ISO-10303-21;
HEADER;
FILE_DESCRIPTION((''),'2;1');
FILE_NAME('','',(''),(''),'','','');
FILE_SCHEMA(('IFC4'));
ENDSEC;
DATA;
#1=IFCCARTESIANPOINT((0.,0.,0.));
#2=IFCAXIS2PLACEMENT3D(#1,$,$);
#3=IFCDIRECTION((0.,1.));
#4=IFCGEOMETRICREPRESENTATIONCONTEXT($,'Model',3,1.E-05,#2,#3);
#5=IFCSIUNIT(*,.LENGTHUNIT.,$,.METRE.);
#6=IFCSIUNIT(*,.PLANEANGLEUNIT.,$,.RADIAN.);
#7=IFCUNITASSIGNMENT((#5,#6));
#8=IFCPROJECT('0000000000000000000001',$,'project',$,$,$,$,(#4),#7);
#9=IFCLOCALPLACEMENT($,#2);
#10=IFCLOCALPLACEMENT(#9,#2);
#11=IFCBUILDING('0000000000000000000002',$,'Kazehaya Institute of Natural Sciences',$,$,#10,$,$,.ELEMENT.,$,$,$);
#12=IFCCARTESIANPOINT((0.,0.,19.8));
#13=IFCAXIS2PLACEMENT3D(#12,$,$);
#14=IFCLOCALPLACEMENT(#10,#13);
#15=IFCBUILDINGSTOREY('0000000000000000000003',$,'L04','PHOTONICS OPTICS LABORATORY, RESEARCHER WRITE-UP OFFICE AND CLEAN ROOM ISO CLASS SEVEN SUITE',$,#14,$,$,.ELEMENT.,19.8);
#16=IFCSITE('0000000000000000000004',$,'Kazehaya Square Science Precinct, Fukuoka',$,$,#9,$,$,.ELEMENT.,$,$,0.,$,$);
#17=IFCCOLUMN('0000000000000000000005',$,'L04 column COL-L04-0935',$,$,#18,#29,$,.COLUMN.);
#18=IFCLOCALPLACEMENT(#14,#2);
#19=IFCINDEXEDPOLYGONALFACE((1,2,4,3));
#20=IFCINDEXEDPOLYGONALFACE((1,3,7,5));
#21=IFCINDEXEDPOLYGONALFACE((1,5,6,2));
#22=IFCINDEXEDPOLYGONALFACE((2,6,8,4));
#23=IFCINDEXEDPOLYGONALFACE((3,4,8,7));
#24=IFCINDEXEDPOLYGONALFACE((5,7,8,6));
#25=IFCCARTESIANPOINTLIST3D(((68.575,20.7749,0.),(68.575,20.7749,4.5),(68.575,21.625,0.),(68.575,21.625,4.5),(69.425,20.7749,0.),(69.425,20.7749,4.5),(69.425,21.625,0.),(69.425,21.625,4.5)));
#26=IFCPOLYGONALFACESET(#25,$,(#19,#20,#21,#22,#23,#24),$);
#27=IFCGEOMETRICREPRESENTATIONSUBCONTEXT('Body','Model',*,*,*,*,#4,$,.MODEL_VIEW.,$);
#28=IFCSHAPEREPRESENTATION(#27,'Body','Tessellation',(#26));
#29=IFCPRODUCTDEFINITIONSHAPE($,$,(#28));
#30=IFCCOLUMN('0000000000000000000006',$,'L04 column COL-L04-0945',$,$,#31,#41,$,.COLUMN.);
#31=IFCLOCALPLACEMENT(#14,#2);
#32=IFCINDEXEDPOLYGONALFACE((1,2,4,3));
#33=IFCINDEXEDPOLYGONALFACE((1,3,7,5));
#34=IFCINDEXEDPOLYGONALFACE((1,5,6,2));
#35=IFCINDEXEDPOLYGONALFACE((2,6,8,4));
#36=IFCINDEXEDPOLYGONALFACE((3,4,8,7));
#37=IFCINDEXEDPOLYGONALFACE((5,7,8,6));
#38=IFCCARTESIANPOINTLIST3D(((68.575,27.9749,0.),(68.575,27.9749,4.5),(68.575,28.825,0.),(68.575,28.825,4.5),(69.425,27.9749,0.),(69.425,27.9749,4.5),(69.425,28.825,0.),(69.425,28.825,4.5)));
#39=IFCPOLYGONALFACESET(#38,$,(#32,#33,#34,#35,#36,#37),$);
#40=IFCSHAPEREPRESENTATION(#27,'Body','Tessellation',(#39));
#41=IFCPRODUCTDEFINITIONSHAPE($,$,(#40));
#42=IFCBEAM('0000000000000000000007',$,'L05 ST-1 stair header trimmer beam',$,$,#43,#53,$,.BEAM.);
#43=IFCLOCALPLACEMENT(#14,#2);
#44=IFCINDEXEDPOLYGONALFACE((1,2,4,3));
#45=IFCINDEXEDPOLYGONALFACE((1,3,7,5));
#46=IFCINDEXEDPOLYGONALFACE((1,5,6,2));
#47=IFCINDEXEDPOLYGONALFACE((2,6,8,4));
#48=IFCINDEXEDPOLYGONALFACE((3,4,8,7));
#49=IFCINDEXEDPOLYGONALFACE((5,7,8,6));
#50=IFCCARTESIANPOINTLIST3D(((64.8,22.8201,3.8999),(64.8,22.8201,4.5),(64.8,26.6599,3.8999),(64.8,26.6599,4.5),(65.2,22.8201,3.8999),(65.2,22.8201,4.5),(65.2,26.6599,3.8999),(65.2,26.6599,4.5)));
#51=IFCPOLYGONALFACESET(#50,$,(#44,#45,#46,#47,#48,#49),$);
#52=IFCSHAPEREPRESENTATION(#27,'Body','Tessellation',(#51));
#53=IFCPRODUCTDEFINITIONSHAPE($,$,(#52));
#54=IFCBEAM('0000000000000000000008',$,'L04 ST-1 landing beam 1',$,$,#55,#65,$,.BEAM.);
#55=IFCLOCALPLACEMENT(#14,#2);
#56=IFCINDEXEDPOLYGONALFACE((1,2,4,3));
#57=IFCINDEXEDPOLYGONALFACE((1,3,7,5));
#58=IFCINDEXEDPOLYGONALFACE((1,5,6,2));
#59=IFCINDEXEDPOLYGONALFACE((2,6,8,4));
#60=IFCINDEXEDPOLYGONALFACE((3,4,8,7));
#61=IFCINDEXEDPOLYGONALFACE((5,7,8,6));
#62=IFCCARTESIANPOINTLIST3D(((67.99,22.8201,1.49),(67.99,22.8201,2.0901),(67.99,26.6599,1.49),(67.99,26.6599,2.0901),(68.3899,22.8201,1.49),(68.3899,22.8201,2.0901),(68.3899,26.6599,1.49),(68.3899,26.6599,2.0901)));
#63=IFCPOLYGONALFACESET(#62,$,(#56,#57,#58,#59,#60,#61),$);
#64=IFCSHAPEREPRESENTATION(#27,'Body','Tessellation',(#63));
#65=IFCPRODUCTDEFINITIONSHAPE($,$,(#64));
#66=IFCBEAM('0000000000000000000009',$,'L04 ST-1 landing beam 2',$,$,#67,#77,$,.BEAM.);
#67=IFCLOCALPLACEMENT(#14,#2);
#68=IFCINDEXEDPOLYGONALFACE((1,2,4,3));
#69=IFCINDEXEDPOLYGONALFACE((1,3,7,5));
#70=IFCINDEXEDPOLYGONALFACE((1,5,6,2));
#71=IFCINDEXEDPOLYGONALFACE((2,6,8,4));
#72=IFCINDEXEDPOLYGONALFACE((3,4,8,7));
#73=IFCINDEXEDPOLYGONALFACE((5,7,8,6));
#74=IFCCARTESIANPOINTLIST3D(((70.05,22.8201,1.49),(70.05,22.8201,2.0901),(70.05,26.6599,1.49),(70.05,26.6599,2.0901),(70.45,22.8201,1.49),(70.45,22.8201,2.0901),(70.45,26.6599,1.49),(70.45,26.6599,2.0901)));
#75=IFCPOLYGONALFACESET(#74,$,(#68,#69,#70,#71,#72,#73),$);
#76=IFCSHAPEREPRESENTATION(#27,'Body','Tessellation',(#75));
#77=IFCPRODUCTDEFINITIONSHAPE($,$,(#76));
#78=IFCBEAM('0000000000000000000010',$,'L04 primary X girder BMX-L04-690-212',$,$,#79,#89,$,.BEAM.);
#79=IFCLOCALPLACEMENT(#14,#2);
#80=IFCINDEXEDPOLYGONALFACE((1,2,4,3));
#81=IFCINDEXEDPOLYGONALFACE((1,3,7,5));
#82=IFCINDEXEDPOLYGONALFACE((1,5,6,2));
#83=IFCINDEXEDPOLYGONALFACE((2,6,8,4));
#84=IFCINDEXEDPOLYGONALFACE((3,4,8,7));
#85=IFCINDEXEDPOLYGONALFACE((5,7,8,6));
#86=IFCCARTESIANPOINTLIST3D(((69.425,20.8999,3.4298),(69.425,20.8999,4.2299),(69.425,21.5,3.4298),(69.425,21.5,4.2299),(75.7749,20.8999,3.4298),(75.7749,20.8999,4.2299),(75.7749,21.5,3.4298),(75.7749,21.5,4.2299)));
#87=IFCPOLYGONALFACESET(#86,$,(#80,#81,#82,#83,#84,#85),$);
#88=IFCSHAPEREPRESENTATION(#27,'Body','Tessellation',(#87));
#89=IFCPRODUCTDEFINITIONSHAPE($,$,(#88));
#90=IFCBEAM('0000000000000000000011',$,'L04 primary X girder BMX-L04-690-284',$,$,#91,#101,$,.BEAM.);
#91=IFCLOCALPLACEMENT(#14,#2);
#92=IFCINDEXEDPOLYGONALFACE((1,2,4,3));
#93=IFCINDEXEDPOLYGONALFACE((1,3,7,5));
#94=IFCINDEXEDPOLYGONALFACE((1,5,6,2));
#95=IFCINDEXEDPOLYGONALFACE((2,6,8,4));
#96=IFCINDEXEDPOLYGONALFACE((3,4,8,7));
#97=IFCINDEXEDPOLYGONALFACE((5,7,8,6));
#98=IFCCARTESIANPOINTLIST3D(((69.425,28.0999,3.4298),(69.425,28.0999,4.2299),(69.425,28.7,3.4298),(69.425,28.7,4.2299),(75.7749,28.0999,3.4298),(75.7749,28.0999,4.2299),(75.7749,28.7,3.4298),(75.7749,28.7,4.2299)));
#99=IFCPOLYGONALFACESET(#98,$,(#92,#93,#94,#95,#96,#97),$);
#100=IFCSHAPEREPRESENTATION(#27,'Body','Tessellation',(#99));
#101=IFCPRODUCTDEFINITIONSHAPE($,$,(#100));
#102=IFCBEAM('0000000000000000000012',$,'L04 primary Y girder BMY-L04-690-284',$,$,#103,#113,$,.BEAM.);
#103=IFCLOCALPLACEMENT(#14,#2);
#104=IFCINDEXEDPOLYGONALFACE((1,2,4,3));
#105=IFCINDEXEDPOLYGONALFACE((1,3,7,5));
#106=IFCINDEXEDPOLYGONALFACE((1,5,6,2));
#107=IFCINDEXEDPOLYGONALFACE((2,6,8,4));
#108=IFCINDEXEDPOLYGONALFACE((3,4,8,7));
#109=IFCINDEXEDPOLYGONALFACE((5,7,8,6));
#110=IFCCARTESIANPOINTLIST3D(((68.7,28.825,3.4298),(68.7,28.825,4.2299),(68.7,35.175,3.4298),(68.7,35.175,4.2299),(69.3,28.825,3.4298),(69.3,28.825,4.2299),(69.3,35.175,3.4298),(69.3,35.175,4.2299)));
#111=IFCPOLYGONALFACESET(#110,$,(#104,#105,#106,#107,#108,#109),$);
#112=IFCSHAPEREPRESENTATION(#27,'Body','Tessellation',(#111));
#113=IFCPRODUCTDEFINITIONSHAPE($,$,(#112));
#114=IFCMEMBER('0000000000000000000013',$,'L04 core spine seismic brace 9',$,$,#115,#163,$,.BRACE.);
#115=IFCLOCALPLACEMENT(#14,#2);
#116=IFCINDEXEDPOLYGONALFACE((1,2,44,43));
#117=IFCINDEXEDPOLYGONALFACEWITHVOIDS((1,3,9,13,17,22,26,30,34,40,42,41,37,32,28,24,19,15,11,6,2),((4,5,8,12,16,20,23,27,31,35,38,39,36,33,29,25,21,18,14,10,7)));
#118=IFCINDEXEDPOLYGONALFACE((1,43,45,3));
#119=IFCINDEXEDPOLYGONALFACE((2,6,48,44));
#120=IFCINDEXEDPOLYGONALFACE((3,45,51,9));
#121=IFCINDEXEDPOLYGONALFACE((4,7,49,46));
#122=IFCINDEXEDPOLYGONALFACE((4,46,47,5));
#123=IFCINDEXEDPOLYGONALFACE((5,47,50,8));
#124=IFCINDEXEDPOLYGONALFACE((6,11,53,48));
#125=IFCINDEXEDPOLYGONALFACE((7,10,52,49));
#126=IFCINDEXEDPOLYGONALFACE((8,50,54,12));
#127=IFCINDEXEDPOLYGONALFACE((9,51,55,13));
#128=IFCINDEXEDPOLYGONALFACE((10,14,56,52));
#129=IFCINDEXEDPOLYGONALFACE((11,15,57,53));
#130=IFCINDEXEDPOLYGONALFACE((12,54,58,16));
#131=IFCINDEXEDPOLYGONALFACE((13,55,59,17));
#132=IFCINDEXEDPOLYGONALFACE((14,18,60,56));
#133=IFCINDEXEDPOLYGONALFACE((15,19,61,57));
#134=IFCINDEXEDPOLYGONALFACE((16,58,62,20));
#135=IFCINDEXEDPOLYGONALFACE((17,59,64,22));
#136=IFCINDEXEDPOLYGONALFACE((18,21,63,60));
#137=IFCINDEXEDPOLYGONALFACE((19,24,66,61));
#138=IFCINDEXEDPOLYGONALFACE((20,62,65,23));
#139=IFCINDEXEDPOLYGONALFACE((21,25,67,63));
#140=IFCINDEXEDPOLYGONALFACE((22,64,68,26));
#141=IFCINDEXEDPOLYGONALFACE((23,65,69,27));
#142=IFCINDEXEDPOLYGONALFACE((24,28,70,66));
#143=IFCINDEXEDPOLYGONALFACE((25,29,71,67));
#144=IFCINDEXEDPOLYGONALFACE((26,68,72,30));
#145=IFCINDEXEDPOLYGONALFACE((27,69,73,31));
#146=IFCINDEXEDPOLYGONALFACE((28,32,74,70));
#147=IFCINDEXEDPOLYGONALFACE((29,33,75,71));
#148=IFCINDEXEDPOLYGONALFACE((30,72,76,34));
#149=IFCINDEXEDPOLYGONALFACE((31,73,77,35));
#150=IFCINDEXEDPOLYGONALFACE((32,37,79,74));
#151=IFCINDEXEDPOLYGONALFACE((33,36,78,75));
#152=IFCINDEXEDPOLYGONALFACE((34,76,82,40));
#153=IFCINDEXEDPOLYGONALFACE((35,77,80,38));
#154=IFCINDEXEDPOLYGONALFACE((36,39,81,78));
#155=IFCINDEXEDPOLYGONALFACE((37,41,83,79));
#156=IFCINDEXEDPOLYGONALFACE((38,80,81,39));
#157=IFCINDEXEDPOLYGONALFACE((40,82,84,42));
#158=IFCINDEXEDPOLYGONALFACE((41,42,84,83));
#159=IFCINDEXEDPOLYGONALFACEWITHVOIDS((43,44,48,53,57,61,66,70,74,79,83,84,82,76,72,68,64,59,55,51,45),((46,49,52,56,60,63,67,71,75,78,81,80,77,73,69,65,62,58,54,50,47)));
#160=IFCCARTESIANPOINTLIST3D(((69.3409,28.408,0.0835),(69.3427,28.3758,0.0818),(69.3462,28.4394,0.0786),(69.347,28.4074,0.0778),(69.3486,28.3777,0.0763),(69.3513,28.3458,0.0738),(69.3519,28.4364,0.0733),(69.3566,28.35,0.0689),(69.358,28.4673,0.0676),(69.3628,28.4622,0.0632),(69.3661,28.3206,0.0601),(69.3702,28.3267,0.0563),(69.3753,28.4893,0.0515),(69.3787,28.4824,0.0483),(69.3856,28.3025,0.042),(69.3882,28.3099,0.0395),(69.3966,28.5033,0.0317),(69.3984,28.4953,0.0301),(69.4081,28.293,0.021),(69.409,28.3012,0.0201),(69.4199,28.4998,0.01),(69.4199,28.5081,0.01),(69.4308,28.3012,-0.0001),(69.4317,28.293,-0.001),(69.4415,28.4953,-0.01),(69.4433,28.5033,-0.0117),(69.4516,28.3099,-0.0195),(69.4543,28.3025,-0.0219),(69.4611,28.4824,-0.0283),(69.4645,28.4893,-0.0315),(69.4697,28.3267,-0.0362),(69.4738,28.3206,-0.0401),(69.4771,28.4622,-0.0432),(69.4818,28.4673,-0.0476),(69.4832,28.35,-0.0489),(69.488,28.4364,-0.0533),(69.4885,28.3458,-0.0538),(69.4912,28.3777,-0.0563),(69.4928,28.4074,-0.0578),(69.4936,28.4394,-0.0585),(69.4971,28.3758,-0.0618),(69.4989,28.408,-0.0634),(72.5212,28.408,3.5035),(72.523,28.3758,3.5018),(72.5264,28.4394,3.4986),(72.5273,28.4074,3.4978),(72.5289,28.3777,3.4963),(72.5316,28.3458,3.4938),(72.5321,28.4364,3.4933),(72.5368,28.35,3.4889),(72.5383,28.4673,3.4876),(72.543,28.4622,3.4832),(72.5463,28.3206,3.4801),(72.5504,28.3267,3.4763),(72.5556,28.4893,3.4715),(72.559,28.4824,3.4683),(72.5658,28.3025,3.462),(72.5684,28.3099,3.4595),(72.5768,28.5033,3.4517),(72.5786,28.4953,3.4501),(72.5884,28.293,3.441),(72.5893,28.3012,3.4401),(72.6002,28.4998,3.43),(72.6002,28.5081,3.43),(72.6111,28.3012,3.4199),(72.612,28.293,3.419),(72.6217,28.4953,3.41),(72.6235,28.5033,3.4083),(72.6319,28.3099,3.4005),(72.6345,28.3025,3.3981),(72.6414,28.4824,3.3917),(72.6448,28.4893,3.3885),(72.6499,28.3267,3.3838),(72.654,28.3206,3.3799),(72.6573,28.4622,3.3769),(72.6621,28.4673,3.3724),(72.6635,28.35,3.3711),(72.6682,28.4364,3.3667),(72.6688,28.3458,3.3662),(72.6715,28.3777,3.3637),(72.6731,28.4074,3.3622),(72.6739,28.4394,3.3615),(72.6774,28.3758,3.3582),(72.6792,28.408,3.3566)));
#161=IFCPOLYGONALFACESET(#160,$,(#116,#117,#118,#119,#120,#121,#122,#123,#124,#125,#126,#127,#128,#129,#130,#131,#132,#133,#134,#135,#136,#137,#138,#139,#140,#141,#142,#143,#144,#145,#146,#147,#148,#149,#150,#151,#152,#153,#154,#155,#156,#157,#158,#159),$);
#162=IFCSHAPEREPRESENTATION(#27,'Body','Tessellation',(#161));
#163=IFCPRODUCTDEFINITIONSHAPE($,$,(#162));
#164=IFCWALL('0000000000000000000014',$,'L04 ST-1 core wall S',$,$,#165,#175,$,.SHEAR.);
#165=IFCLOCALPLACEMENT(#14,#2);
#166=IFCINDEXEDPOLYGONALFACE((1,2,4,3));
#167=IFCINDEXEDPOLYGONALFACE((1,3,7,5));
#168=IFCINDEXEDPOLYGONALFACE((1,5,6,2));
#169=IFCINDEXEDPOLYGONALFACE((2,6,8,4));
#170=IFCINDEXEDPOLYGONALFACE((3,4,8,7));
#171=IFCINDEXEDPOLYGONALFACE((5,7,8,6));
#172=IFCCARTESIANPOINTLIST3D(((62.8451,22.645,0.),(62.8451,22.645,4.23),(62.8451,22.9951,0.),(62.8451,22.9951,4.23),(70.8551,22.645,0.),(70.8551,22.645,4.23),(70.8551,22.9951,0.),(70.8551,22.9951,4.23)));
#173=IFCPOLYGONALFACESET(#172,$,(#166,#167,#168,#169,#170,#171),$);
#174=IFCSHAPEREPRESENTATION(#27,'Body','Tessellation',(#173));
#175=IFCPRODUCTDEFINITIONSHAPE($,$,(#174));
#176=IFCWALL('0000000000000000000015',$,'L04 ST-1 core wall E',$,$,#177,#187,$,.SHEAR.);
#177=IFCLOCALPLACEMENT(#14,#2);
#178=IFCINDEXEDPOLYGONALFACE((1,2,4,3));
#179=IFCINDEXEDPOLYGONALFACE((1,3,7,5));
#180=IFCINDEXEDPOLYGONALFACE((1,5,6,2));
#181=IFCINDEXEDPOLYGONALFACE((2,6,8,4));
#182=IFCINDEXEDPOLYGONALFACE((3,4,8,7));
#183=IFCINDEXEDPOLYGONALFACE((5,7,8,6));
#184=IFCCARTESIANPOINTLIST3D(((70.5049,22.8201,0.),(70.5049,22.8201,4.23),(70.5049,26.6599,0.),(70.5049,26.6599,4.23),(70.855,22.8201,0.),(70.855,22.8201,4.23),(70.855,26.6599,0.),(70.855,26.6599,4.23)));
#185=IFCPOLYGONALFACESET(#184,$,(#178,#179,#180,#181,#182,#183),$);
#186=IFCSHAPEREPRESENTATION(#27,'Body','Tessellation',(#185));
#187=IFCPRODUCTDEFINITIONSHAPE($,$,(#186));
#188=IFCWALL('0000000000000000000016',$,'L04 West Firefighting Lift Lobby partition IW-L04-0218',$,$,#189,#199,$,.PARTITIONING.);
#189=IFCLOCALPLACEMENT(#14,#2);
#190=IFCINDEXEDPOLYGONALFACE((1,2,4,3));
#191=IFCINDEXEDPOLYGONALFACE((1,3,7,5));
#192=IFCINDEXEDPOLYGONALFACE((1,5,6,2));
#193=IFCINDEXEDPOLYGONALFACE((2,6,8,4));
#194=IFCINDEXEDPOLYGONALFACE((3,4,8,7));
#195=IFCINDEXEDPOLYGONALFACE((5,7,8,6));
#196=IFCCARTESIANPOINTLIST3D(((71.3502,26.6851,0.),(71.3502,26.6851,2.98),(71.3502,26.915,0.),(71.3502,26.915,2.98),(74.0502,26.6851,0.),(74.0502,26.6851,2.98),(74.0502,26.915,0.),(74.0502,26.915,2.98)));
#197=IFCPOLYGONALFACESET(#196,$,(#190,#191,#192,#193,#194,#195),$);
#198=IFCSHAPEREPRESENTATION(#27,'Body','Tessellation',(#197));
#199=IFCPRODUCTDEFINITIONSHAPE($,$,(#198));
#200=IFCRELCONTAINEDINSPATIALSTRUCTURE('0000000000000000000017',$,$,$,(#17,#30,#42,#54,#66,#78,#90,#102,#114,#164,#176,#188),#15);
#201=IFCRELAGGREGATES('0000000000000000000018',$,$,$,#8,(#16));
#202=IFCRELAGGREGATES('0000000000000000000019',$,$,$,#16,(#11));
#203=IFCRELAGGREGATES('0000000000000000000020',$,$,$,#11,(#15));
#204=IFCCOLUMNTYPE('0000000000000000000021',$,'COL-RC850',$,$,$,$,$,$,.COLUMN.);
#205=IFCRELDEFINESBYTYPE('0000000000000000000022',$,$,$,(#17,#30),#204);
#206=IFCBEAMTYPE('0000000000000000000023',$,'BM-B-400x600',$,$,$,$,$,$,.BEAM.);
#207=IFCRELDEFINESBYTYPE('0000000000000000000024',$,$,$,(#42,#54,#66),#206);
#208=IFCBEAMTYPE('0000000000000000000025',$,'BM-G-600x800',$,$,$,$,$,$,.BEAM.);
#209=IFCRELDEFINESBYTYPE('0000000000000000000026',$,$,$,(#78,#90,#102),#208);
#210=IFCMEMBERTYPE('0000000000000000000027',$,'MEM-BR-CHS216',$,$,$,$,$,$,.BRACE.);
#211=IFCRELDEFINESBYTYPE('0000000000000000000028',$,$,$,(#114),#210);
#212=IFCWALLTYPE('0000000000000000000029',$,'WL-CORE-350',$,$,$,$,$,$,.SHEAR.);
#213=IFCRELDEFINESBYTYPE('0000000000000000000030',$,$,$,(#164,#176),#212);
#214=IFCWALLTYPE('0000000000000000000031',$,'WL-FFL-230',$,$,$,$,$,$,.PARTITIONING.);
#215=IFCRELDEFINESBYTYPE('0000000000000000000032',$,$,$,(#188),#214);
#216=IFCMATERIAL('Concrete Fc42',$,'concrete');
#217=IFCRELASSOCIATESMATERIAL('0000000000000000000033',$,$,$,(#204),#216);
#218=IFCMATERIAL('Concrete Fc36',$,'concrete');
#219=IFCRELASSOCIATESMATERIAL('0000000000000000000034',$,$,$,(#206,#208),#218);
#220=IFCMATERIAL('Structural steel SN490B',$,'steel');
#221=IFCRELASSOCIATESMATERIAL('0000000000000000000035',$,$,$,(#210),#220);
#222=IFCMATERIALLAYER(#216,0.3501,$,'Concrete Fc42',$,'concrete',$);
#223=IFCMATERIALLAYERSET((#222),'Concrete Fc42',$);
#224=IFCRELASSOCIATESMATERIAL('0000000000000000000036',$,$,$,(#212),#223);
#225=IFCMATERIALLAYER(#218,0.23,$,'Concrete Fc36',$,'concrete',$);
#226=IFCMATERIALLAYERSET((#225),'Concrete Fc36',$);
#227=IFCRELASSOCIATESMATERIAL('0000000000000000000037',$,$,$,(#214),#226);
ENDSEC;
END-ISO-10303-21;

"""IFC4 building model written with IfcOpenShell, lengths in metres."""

from ifc_helpers import new_model, si_unit, direction, frame, frame_2d, origin, origin_2d, place, context, subcontext, project, spatial, rectangle, hollow_circle, extrude, material, layer, layer_set, material_profile, profile_set, type_object, element, save


model = new_model("IFC4")

# Units and contexts
model_context = context("Model", 3, precision=1e-05, world=origin(), true_north=direction((0.0, 1.0)))
body_context = subcontext(model_context, "Body", "Model", "MODEL_VIEW")
ifc_project = project(units=[si_unit("LENGTHUNIT", "METRE"), si_unit("PLANEANGLEUNIT", "RADIAN")], contexts=[model_context])

# Site, building, storey
site_placement = place(None, origin())
site = spatial("IfcSite", under=ifc_project, at=site_placement, Name="Kazehaya Square Science Precinct, Fukuoka", CompositionType="ELEMENT", RefElevation=0.0)
building_placement = place(site_placement, origin())
building = spatial("IfcBuilding", under=site, at=building_placement, Name="Kazehaya Institute of Natural Sciences", CompositionType="ELEMENT")
storey_placement = place(building_placement, frame((0.0, 0.0, 19.8)))
storey = spatial("IfcBuildingStorey", under=building, at=storey_placement, Name="L04", Description="PHOTONICS OPTICS LABORATORY, RESEARCHER WRITE-UP OFFICE AND CLEAN ROOM ISO CLASS SEVEN SUITE", CompositionType="ELEMENT", Elevation=19.8)

# Columns
ifc_material_1 = material(Name="Concrete Fc42", Category="concrete")
ifc_material_profile_1 = material_profile(ifc_material_1, rectangle(XDim=0.8501, YDim=0.8501, at=origin_2d()), Name="RC-850x850")
ifc_profile_set_1 = profile_set([ifc_material_profile_1], Name="Concrete Fc42")
column_type = type_object("IfcColumnType", Name="COL-RC850", PredefinedType="COLUMN", material=ifc_profile_set_1)
for number, where, z_axis, x_axis, name in (
    (1, (69.0, 21.2, 0.0), (0.0, 0.0, 1.0), (1.0, 0.0, 0.0), "L04 column COL-L04-0935"),
    (2, (69.0, 28.3999, 0.0), (0.0, 0.0, 1.0), (1.0, 0.0, 0.0), "L04 column COL-L04-0945"),
):
    element("IfcColumn", number, at=place(storey_placement, frame(where, z_axis=z_axis, x_axis=x_axis)), inside=storey, type_object=column_type, Name=name, PredefinedType="COLUMN", context=body_context, shape_type="SweptSolid", body=[
        extrude(rectangle(XDim=0.8501, YDim=0.8501, at=origin_2d()), origin(), (0.0, 0.0, 1.0), 4.5),
    ])

# Beams
ifc_material_2 = material(Name="Concrete Fc36", Category="concrete")
ifc_material_profile_2 = material_profile(ifc_material_2, rectangle(XDim=0.3999, YDim=0.6001, at=origin_2d()), Name="RC-400x600")
ifc_profile_set_2 = profile_set([ifc_material_profile_2], Name="Concrete Fc36")
beam_type_1 = type_object("IfcBeamType", Name="BM-B-400x600", PredefinedType="BEAM", material=ifc_profile_set_2)
for number, where, z_axis, x_axis, name in (
    (3, (65.0, 22.8201, 4.2), (0.0, 1.0, 0.0), (-1.0, 0.0, 0.0), "L05 ST-1 stair header trimmer beam"),
    (4, (68.1899, 22.8201, 1.79), (0.0, 1.0, 0.0), (-1.0, 0.0, 0.0), "L04 ST-1 landing beam 1"),
    (5, (70.25, 22.8201, 1.79), (0.0, 1.0, 0.0), (-1.0, 0.0, 0.0), "L04 ST-1 landing beam 2"),
):
    element("IfcBeam", number, at=place(storey_placement, frame(where, z_axis=z_axis, x_axis=x_axis)), inside=storey, type_object=beam_type_1, Name=name, PredefinedType="BEAM", context=body_context, shape_type="SweptSolid", body=[
        extrude(rectangle(XDim=0.3999, YDim=0.6001, at=origin_2d()), origin(), (0.0, 0.0, 1.0), 3.8398),
    ])
ifc_material_profile_3 = material_profile(ifc_material_2, rectangle(XDim=0.6001, YDim=0.8, at=origin_2d()), Name="RC-600x800")
ifc_profile_set_3 = profile_set([ifc_material_profile_3], Name="Concrete Fc36")
beam_type_2 = type_object("IfcBeamType", Name="BM-G-600x800", PredefinedType="BEAM", material=ifc_profile_set_3)
for number, where, z_axis, x_axis, name in (
    (6, (69.425, 21.2, 3.8298), (1.0, 0.0, 0.0), (0.0, 1.0, 0.0), "L04 primary X girder BMX-L04-690-212"),
    (7, (69.425, 28.3999, 3.8298), (1.0, 0.0, 0.0), (0.0, 1.0, 0.0), "L04 primary X girder BMX-L04-690-284"),
):
    element("IfcBeam", number, at=place(storey_placement, frame(where, z_axis=z_axis, x_axis=x_axis)), inside=storey, type_object=beam_type_2, Name=name, PredefinedType="BEAM", context=body_context, shape_type="SweptSolid", body=[
        extrude(rectangle(XDim=0.6001, YDim=0.8, at=origin_2d()), origin(), (0.0, 0.0, 1.0), 6.3499),
    ])
beam_placement = place(storey_placement, frame((69.0, 28.825, 3.8298), z_axis=(0.0, 1.0, 0.0), x_axis=(-1.0, 0.0, 0.0)))
element("IfcBeam", 8, at=beam_placement, inside=storey, type_object=beam_type_2, Name="L04 primary Y girder BMY-L04-690-284", PredefinedType="BEAM", context=body_context, shape_type="SweptSolid", body=[
    extrude(rectangle(XDim=0.6001, YDim=0.8, at=origin_2d()), origin(), (0.0, 0.0, 1.0), 6.3501),
])

# Member
ifc_material_3 = material(Name="Structural steel SN490B", Category="steel")
ifc_material_profile_4 = material_profile(ifc_material_3, hollow_circle(Radius=0.1082, WallThickness=0.0083, at=origin_2d()), Name="CHS-216.3x8.2")
ifc_profile_set_4 = profile_set([ifc_material_profile_4], Name="Structural steel SN490B")
member_type = type_object("IfcMemberType", Name="MEM-BR-CHS216", PredefinedType="BRACE", material=ifc_profile_set_4)
member_placement = place(storey_placement, frame((69.4199, 28.3999, 0.01), z_axis=(0.680972, 0.0, 0.732309), x_axis=(0.0, 1.0, 0.0)))
element("IfcMember", 9, at=member_placement, inside=storey, type_object=member_type, Name="L04 core spine seismic brace 9", PredefinedType="BRACE", context=body_context, shape_type="SweptSolid", body=[
    extrude(hollow_circle(Radius=0.1082, WallThickness=0.0083, at=origin_2d()), origin(), (0.0, 0.0, 1.0), 4.6702),
])

# Walls
ifc_layer_1 = layer(ifc_material_1, 0.3501, Name="Concrete Fc42", Category="concrete")
ifc_layer_set_1 = layer_set([ifc_layer_1], Name="Concrete Fc42")
wall_type_1 = type_object("IfcWallType", Name="WL-CORE-350", PredefinedType="SHEAR", material=ifc_layer_set_1)
wall_1_placement = place(storey_placement, frame((70.855, 22.8201, 0.0), z_axis=(0.0, 0.0, 1.0), x_axis=(-1.0, 0.0, 0.0)))
element("IfcWall", 10, at=wall_1_placement, inside=storey, type_object=wall_type_1, Name="L04 ST-1 core wall S", PredefinedType="SHEAR", context=body_context, shape_type="SweptSolid", body=[
    extrude(rectangle(XDim=8.01, YDim=0.3501, at=frame_2d((4.0049, 0.0))), origin(), (0.0, 0.0, 1.0), 4.23),
])
wall_2_placement = place(storey_placement, frame((70.6799, 26.6599, 0.0), z_axis=(0.0, 0.0, 1.0), x_axis=(0.0, -1.0, 0.0)))
element("IfcWall", 11, at=wall_2_placement, inside=storey, type_object=wall_type_1, Name="L04 ST-1 core wall E", PredefinedType="SHEAR", context=body_context, shape_type="SweptSolid", body=[
    extrude(rectangle(XDim=3.8398, YDim=0.3501, at=frame_2d((1.9199, 0.0))), origin(), (0.0, 0.0, 1.0), 4.23),
])
ifc_layer_2 = layer(ifc_material_2, 0.23, Name="Concrete Fc36", Category="concrete")
ifc_layer_set_2 = layer_set([ifc_layer_2], Name="Concrete Fc36")
wall_type_2 = type_object("IfcWallType", Name="WL-FFL-230", PredefinedType="PARTITIONING", material=ifc_layer_set_2)
wall_3_placement = place(storey_placement, frame((71.3501, 26.8, 0.0), z_axis=(0.0, 0.0, 1.0), x_axis=(1.0, 0.0, 0.0)))
element("IfcWall", 12, at=wall_3_placement, inside=storey, type_object=wall_type_2, Name="L04 West Firefighting Lift Lobby partition IW-L04-0218", PredefinedType="PARTITIONING", context=body_context, shape_type="SweptSolid", body=[
    extrude(rectangle(XDim=2.7, YDim=0.23, at=frame_2d((1.3501, 0.0))), origin(), (0.0, 0.0, 1.0), 2.98),
])

save(model, "model.ifc")
